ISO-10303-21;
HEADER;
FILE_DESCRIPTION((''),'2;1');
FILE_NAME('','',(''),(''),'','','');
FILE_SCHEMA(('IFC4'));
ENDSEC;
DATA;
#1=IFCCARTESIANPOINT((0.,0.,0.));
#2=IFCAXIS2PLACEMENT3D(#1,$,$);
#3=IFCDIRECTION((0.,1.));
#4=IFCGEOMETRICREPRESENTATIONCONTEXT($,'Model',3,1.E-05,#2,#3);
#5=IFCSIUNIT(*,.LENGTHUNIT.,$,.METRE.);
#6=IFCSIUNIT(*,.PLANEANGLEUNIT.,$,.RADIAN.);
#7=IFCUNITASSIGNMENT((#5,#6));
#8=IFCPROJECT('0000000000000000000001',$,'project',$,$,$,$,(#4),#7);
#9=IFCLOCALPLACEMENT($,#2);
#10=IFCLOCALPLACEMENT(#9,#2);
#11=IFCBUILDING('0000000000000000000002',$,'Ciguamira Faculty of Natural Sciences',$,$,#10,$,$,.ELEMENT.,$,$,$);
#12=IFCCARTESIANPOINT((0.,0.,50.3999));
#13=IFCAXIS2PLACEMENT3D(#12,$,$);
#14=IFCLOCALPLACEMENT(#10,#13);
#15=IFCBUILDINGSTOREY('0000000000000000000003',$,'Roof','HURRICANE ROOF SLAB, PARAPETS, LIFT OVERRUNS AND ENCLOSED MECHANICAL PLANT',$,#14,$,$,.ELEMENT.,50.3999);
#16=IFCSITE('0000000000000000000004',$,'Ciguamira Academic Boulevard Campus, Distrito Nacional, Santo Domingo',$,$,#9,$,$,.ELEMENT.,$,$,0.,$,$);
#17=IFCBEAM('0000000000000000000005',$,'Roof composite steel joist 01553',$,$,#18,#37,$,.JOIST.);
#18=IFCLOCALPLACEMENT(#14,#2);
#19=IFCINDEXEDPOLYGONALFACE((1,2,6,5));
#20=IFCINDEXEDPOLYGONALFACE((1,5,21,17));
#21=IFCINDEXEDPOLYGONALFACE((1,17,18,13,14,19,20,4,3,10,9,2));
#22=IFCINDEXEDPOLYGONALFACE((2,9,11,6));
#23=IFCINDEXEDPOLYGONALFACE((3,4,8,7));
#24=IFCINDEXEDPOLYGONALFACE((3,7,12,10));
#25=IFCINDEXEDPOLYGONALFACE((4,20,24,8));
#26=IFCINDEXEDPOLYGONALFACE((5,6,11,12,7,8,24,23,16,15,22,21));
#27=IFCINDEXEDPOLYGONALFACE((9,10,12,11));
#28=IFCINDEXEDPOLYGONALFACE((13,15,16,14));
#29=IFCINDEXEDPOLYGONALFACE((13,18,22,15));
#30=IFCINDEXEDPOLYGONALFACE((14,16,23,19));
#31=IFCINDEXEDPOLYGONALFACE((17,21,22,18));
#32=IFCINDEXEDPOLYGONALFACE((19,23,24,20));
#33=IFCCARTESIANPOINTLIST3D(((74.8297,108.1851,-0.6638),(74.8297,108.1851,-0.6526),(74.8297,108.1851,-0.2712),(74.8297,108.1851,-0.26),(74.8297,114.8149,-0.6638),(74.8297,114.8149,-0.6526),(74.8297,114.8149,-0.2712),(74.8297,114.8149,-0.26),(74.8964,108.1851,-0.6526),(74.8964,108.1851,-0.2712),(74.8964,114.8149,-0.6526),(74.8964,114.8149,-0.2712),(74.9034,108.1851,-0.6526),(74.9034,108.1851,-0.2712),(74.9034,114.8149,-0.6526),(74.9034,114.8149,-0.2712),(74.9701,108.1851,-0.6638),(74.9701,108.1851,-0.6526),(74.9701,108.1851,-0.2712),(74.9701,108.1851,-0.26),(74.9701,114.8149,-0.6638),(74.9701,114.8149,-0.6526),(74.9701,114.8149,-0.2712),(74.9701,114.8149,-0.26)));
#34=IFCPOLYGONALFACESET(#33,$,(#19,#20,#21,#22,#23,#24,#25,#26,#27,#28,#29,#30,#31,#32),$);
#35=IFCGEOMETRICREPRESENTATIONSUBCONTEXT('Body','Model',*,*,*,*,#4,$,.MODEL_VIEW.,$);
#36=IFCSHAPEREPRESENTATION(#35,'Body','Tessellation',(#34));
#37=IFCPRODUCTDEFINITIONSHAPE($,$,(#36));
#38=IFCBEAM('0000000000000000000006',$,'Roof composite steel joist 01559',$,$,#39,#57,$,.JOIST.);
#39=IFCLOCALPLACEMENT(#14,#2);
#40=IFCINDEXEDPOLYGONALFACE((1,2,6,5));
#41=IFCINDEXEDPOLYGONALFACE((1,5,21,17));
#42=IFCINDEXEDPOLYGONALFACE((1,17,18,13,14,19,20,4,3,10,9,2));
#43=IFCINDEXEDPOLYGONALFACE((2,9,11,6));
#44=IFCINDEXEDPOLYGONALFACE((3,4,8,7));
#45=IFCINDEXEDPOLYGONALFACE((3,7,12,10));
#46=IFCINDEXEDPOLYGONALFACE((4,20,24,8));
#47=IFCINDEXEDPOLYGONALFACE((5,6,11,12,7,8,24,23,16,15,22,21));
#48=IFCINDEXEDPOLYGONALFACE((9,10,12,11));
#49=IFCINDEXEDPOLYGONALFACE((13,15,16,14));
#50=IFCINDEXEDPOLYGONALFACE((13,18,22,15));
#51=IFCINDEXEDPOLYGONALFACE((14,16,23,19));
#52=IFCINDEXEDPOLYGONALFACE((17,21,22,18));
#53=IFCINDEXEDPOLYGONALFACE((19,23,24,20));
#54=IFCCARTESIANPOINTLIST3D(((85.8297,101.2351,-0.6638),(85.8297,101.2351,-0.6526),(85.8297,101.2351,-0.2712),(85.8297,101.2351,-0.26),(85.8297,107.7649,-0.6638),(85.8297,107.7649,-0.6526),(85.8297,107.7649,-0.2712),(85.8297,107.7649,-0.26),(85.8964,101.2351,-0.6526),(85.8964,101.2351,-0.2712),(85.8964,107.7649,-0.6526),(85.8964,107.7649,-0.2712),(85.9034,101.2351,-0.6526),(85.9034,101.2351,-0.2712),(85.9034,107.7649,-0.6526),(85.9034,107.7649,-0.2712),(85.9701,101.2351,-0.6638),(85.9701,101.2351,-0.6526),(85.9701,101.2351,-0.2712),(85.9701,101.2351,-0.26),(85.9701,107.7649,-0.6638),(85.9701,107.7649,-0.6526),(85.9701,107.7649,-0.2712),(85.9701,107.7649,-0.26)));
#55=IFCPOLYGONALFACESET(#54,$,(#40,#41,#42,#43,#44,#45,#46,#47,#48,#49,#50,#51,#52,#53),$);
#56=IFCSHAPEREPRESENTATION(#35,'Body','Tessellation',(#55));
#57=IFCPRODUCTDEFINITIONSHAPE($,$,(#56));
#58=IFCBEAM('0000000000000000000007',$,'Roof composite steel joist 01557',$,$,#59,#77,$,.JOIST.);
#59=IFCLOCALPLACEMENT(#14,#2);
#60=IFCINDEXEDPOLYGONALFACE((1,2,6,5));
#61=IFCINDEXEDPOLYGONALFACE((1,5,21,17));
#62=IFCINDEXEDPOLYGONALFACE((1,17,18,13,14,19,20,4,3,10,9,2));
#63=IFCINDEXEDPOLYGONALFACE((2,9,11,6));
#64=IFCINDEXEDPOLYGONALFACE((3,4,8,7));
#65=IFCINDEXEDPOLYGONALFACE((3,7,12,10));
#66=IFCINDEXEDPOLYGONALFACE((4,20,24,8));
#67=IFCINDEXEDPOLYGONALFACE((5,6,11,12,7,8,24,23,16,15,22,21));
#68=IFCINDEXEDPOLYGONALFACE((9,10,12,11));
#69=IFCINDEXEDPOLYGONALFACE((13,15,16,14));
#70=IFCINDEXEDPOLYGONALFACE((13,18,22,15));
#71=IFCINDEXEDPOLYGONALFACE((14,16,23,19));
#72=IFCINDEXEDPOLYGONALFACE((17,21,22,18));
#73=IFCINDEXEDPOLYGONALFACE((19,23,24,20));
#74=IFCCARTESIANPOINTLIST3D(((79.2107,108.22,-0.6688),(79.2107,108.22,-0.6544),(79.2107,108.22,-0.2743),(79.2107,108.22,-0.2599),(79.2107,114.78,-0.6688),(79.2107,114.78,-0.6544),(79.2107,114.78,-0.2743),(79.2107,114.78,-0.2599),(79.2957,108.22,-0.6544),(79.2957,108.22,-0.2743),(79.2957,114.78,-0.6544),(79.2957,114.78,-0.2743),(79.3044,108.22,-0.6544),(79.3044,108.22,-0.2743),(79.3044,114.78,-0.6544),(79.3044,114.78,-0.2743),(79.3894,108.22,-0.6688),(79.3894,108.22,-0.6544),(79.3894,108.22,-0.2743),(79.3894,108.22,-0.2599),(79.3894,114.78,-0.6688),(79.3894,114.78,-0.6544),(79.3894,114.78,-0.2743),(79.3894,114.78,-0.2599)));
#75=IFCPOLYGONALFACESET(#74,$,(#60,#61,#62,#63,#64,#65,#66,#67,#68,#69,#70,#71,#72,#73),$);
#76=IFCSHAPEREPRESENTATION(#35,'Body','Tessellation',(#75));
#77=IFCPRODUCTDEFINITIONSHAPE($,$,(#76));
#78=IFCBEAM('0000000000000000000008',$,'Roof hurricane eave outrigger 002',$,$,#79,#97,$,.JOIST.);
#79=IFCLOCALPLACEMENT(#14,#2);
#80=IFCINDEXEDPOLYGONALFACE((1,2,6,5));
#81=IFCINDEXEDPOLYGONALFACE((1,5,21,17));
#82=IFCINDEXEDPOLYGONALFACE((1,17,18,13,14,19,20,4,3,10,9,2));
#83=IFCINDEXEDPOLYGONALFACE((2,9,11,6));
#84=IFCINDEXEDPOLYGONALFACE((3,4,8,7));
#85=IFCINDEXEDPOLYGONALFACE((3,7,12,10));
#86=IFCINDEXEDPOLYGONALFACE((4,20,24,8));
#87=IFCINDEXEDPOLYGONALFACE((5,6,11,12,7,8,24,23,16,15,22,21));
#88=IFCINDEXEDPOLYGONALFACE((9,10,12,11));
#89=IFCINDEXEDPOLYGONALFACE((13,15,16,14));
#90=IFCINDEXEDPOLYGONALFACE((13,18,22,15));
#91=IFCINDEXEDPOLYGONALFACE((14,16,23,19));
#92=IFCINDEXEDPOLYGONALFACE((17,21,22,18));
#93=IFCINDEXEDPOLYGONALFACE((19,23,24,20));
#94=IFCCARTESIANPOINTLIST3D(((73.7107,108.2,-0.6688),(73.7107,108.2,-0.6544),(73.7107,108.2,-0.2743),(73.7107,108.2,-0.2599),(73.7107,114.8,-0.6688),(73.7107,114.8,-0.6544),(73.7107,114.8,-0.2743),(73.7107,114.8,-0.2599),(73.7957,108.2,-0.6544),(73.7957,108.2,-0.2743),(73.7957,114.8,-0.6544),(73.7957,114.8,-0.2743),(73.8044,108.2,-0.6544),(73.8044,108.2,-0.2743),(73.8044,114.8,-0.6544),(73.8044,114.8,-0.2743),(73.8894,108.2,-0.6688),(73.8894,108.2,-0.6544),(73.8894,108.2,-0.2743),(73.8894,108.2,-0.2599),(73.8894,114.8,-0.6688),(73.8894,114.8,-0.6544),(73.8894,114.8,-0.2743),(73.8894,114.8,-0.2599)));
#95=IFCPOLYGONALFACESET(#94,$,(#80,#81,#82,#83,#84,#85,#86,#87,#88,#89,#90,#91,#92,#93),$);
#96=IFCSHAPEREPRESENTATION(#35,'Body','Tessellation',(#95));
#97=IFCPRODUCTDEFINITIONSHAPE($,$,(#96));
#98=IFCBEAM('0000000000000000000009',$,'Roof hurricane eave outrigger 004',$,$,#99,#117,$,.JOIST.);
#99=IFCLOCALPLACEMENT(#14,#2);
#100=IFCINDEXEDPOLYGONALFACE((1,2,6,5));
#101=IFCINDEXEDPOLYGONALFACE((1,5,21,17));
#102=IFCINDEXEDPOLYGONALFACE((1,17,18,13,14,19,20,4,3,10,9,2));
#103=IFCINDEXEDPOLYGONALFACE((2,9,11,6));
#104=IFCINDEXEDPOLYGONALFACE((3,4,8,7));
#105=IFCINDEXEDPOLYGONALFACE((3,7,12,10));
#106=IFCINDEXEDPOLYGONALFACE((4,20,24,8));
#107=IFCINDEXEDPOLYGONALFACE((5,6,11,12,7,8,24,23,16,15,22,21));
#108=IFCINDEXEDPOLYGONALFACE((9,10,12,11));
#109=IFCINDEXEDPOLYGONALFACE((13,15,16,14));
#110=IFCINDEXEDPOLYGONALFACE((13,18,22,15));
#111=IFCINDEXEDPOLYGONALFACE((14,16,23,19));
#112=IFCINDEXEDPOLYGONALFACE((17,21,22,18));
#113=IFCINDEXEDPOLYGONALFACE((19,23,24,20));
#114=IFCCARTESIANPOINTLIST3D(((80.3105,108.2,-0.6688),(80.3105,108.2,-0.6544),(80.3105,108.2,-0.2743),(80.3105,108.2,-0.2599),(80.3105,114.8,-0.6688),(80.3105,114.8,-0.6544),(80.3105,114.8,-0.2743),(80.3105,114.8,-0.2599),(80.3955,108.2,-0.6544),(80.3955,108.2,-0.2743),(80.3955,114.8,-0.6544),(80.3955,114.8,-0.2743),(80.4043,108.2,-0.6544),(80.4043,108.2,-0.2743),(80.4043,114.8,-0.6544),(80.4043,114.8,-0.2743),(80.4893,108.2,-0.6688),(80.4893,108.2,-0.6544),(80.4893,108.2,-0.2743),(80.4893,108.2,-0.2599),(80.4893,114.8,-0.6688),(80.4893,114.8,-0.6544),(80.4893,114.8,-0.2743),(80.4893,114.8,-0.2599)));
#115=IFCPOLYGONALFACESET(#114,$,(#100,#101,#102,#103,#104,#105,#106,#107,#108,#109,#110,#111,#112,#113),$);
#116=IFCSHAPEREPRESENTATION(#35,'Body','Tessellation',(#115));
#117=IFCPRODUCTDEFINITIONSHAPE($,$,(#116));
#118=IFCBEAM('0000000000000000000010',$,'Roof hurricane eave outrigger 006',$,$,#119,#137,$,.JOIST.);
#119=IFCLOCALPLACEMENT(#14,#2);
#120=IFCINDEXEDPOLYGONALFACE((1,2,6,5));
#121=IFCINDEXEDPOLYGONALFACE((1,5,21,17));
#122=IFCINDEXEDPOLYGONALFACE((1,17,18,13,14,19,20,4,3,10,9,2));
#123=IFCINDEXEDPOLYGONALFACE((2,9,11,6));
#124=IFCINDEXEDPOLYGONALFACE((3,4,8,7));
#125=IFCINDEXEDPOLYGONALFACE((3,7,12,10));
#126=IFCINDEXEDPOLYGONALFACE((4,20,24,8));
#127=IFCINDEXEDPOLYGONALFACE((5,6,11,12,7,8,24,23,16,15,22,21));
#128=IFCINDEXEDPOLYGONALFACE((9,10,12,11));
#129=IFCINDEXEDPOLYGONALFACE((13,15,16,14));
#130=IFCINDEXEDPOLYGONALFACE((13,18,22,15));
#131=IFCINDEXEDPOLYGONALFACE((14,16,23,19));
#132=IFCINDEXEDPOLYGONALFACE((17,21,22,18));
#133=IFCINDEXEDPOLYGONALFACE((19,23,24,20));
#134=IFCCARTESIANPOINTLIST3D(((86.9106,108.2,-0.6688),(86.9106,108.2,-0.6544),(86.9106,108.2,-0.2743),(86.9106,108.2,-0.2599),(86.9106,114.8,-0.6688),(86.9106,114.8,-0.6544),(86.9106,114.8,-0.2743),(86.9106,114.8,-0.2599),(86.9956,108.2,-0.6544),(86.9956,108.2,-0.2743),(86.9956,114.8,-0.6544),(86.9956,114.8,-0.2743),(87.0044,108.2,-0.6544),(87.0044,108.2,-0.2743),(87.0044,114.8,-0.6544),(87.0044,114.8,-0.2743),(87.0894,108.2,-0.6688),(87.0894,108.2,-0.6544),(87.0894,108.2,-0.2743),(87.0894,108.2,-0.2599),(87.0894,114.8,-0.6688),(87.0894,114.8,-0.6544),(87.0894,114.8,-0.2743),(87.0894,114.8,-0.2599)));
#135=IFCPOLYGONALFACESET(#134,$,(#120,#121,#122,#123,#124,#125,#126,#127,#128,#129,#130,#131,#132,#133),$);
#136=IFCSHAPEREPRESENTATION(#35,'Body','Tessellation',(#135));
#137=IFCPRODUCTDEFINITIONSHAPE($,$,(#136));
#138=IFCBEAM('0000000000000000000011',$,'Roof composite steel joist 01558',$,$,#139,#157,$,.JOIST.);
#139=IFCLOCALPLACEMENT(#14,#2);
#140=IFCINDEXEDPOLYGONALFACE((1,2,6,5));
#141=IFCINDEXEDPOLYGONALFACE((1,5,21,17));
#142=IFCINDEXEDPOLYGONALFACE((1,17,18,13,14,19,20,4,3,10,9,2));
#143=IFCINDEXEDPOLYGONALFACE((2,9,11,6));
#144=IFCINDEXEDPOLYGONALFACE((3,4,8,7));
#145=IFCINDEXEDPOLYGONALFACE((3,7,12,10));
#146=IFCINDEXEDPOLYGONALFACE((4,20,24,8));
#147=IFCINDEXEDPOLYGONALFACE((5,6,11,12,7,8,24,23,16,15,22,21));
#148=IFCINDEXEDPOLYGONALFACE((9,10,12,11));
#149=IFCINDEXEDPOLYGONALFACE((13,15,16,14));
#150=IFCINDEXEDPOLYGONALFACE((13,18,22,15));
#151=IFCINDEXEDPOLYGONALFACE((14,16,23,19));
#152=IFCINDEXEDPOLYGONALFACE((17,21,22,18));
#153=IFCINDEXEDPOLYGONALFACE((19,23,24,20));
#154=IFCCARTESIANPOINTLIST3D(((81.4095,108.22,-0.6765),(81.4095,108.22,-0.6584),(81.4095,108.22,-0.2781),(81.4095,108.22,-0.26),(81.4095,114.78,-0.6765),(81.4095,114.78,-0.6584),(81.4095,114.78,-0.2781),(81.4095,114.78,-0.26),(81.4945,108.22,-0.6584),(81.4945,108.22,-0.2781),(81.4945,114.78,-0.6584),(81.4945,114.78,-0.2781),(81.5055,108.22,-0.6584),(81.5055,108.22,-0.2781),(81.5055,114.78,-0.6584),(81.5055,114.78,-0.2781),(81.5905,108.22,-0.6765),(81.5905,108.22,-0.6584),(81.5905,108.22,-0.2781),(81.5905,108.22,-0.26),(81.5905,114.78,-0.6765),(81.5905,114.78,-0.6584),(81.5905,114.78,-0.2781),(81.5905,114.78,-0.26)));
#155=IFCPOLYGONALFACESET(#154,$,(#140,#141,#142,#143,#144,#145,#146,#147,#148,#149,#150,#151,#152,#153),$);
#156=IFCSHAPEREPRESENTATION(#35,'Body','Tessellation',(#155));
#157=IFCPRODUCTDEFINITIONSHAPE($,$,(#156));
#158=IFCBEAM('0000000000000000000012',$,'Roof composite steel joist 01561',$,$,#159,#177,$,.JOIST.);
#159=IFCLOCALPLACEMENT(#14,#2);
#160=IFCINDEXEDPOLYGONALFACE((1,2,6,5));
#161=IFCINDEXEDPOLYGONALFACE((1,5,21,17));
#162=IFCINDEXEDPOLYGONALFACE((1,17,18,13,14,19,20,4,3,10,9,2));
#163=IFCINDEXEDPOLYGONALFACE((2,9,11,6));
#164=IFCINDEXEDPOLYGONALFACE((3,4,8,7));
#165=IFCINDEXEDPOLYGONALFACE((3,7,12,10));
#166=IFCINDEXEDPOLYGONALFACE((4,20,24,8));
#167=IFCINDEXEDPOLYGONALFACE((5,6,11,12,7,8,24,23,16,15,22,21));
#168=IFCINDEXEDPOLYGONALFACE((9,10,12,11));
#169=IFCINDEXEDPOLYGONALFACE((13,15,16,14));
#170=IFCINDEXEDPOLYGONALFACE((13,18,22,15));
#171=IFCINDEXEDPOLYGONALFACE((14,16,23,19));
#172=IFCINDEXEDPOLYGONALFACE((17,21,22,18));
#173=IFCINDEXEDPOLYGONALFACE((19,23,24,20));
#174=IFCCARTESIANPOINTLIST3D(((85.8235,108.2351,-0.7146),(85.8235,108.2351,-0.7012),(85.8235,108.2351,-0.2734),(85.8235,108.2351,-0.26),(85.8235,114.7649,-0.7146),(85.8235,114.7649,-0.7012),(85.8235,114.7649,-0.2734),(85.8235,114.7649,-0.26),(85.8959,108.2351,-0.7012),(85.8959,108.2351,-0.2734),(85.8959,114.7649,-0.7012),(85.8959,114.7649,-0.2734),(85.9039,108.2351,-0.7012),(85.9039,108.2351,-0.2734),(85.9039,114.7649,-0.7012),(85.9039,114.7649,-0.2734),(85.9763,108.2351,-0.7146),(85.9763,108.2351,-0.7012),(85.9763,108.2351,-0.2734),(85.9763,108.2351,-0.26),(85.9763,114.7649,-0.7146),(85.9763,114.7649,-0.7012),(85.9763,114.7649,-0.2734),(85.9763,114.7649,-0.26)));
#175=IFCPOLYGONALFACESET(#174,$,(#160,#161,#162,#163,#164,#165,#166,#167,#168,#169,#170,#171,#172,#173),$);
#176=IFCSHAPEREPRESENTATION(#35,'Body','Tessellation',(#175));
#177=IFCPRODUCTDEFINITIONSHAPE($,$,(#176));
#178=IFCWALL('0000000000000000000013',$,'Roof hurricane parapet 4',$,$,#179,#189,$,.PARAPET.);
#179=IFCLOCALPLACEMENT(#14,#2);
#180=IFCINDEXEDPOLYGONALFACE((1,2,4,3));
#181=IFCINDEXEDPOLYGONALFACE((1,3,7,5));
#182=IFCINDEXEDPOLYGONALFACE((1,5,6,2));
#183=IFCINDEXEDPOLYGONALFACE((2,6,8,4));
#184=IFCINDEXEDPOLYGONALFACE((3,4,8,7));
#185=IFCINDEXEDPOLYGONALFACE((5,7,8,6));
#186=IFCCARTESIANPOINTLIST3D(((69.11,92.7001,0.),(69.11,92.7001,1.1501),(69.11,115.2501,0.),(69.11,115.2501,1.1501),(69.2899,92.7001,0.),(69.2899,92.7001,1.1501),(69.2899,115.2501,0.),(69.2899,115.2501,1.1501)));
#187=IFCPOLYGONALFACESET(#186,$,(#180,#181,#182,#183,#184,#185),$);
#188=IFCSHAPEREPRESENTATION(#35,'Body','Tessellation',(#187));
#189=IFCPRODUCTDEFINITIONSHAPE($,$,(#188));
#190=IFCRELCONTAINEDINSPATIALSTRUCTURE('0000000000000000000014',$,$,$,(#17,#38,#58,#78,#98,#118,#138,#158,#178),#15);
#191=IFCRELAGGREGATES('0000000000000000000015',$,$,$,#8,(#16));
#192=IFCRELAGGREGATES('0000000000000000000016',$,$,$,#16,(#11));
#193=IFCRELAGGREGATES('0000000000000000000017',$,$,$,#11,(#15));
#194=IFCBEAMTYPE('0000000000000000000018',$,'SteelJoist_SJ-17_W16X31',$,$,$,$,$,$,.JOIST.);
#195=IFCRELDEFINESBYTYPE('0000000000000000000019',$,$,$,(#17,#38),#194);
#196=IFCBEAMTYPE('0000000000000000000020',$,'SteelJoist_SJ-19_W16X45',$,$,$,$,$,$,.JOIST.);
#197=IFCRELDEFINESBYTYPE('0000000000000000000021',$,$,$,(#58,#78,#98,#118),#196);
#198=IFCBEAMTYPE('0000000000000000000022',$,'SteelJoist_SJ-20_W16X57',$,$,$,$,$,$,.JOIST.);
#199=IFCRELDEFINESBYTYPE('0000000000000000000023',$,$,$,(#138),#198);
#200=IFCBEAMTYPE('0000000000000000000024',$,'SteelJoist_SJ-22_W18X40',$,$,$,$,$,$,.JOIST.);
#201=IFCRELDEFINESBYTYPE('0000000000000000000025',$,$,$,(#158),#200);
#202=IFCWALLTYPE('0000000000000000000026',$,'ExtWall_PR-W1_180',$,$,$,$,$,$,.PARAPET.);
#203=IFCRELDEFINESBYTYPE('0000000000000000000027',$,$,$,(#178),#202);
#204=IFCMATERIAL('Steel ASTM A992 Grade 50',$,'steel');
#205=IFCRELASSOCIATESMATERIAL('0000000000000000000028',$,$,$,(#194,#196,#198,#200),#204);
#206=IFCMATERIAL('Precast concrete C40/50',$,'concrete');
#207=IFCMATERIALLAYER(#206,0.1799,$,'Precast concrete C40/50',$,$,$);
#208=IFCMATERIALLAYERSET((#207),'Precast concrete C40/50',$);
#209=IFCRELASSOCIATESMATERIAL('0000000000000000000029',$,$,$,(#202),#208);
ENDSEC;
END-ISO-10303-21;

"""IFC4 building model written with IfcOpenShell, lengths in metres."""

from ifc_helpers import new_model, si_unit, direction, frame, frame_2d, origin, origin_2d, place, context, subcontext, project, spatial, rectangle, i_section, extrude, material, layer, layer_set, material_profile, profile_set, type_object, element, save


model = new_model("IFC4")

# Units and contexts
model_context = context("Model", 3, precision=1e-05, world=origin(), true_north=direction((0.0, 1.0)))
body_context = subcontext(model_context, "Body", "Model", "MODEL_VIEW")
ifc_project = project(units=[si_unit("LENGTHUNIT", "METRE"), si_unit("PLANEANGLEUNIT", "RADIAN")], contexts=[model_context])

# Site, building, storey
site_placement = place(None, origin())
site = spatial("IfcSite", under=ifc_project, at=site_placement, Name="Ciguamira Academic Boulevard Campus, Distrito Nacional, Santo Domingo", CompositionType="ELEMENT", RefElevation=0.0)
building_placement = place(site_placement, origin())
building = spatial("IfcBuilding", under=site, at=building_placement, Name="Ciguamira Faculty of Natural Sciences", CompositionType="ELEMENT")
storey_placement = place(building_placement, frame((0.0, 0.0, 50.3999)))
storey = spatial("IfcBuildingStorey", under=building, at=storey_placement, Name="Roof", Description="HURRICANE ROOF SLAB, PARAPETS, LIFT OVERRUNS AND ENCLOSED MECHANICAL PLANT", CompositionType="ELEMENT", Elevation=50.3999)

# Beams
ifc_material_1 = material(Name="Steel ASTM A992 Grade 50", Category="steel")
ifc_material_profile_1 = material_profile(ifc_material_1, i_section(OverallWidth=0.1404, OverallDepth=0.4038, WebThickness=0.0071, FlangeThickness=0.0112, at=origin_2d()), Name="W16X31")
ifc_profile_set_1 = profile_set([ifc_material_profile_1], Name="Steel ASTM A992 Grade 50")
beam_type_1 = type_object("IfcBeamType", Name="SteelJoist_SJ-17_W16X31", PredefinedType="JOIST", material=ifc_profile_set_1)
beam_1_placement = place(storey_placement, frame((74.8999, 108.1851, -0.4619), z_axis=(0.0, 1.0, 0.0), x_axis=(-1.0, 0.0, 0.0)))
element("IfcBeam", 1, at=beam_1_placement, inside=storey, type_object=beam_type_1, Name="Roof composite steel joist 01553", PredefinedType="JOIST", context=body_context, shape_type="SweptSolid", body=[
    extrude(i_section(OverallWidth=0.1404, OverallDepth=0.4038, WebThickness=0.0071, FlangeThickness=0.0112, at=origin_2d()), origin(), (0.0, 0.0, 1.0), 6.6299),
])
beam_2_placement = place(storey_placement, frame((85.8999, 101.2351, -0.4619), z_axis=(0.0, 1.0, 0.0), x_axis=(-1.0, 0.0, 0.0)))
element("IfcBeam", 2, at=beam_2_placement, inside=storey, type_object=beam_type_1, Name="Roof composite steel joist 01559", PredefinedType="JOIST", context=body_context, shape_type="SweptSolid", body=[
    extrude(i_section(OverallWidth=0.1404, OverallDepth=0.4038, WebThickness=0.0071, FlangeThickness=0.0112, at=origin_2d()), origin(), (0.0, 0.0, 1.0), 6.5298),
])
ifc_material_profile_2 = material_profile(ifc_material_1, i_section(OverallWidth=0.1787, OverallDepth=0.4089, WebThickness=0.0088, FlangeThickness=0.0144, at=origin_2d()), Name="W16X45")
ifc_profile_set_2 = profile_set([ifc_material_profile_2], Name="Steel ASTM A992 Grade 50")
beam_type_2 = type_object("IfcBeamType", Name="SteelJoist_SJ-19_W16X45", PredefinedType="JOIST", material=ifc_profile_set_2)
beam_3_placement = place(storey_placement, frame((79.3, 108.22, -0.4644), z_axis=(0.0, 1.0, 0.0), x_axis=(-1.0, 0.0, 0.0)))
element("IfcBeam", 3, at=beam_3_placement, inside=storey, type_object=beam_type_2, Name="Roof composite steel joist 01557", PredefinedType="JOIST", context=body_context, shape_type="SweptSolid", body=[
    extrude(i_section(OverallWidth=0.1787, OverallDepth=0.4089, WebThickness=0.0088, FlangeThickness=0.0144, at=origin_2d()), origin(), (0.0, 0.0, 1.0), 6.5601),
])
for number, where, z_axis, x_axis, name in (
    (4, (73.8, 108.2, -0.4644), (0.0, 1.0, 0.0), (-1.0, 0.0, 0.0), "Roof hurricane eave outrigger 002"),
    (5, (80.3999, 108.2, -0.4644), (0.0, 1.0, 0.0), (-1.0, 0.0, 0.0), "Roof hurricane eave outrigger 004"),
    (6, (87.0, 108.2, -0.4644), (0.0, 1.0, 0.0), (-1.0, 0.0, 0.0), "Roof hurricane eave outrigger 006"),
):
    element("IfcBeam", number, at=place(storey_placement, frame(where, z_axis=z_axis, x_axis=x_axis)), inside=storey, type_object=beam_type_2, Name=name, PredefinedType="JOIST", context=body_context, shape_type="SweptSolid", body=[
        extrude(i_section(OverallWidth=0.1787, OverallDepth=0.4089, WebThickness=0.0088, FlangeThickness=0.0144, at=origin_2d()), origin(), (0.0, 0.0, 1.0), 6.6001),
    ])
ifc_material_profile_3 = material_profile(ifc_material_1, i_section(OverallWidth=0.1809, OverallDepth=0.4165, WebThickness=0.011, FlangeThickness=0.0181, at=origin_2d()), Name="W16X57")
ifc_profile_set_3 = profile_set([ifc_material_profile_3], Name="Steel ASTM A992 Grade 50")
beam_type_3 = type_object("IfcBeamType", Name="SteelJoist_SJ-20_W16X57", PredefinedType="JOIST", material=ifc_profile_set_3)
beam_4_placement = place(storey_placement, frame((81.5, 108.22, -0.4683), z_axis=(0.0, 1.0, 0.0), x_axis=(-1.0, 0.0, 0.0)))
element("IfcBeam", 7, at=beam_4_placement, inside=storey, type_object=beam_type_3, Name="Roof composite steel joist 01558", PredefinedType="JOIST", context=body_context, shape_type="SweptSolid", body=[
    extrude(i_section(OverallWidth=0.1809, OverallDepth=0.4165, WebThickness=0.011, FlangeThickness=0.0181, at=origin_2d()), origin(), (0.0, 0.0, 1.0), 6.5601),
])
ifc_material_profile_4 = material_profile(ifc_material_1, i_section(OverallWidth=0.1528, OverallDepth=0.4546, WebThickness=0.0081, FlangeThickness=0.0134, at=origin_2d()), Name="W18X40")
ifc_profile_set_4 = profile_set([ifc_material_profile_4], Name="Steel ASTM A992 Grade 50")
beam_type_4 = type_object("IfcBeamType", Name="SteelJoist_SJ-22_W18X40", PredefinedType="JOIST", material=ifc_profile_set_4)
beam_5_placement = place(storey_placement, frame((85.8999, 108.2351, -0.4873), z_axis=(0.0, 1.0, 0.0), x_axis=(-1.0, 0.0, 0.0)))
element("IfcBeam", 8, at=beam_5_placement, inside=storey, type_object=beam_type_4, Name="Roof composite steel joist 01561", PredefinedType="JOIST", context=body_context, shape_type="SweptSolid", body=[
    extrude(i_section(OverallWidth=0.1528, OverallDepth=0.4546, WebThickness=0.0081, FlangeThickness=0.0134, at=origin_2d()), origin(), (0.0, 0.0, 1.0), 6.5298),
])

# Wall
ifc_material_2 = material(Name="Precast concrete C40/50", Category="concrete")
ifc_layer_1 = layer(ifc_material_2, 0.1799, Name="Precast concrete C40/50")
ifc_layer_set_1 = layer_set([ifc_layer_1], Name="Precast concrete C40/50")
wall_type_1 = type_object("IfcWallType", Name="ExtWall_PR-W1_180", PredefinedType="PARAPET", material=ifc_layer_set_1)
wall_1_placement = place(storey_placement, frame((69.2, 115.25, 0.0), z_axis=(0.0, 0.0, 1.0), x_axis=(0.0, -1.0, 0.0)))
element("IfcWall", 9, at=wall_1_placement, inside=storey, type_object=wall_type_1, Name="Roof hurricane parapet 4", PredefinedType="PARAPET", context=body_context, shape_type="SweptSolid", body=[
    extrude(rectangle(XDim=22.55, YDim=0.1799, at=frame_2d((11.2749, 0.0))), origin(), (0.0, 0.0, 1.0), 1.1501),
])

save(model, "model.ifc")
